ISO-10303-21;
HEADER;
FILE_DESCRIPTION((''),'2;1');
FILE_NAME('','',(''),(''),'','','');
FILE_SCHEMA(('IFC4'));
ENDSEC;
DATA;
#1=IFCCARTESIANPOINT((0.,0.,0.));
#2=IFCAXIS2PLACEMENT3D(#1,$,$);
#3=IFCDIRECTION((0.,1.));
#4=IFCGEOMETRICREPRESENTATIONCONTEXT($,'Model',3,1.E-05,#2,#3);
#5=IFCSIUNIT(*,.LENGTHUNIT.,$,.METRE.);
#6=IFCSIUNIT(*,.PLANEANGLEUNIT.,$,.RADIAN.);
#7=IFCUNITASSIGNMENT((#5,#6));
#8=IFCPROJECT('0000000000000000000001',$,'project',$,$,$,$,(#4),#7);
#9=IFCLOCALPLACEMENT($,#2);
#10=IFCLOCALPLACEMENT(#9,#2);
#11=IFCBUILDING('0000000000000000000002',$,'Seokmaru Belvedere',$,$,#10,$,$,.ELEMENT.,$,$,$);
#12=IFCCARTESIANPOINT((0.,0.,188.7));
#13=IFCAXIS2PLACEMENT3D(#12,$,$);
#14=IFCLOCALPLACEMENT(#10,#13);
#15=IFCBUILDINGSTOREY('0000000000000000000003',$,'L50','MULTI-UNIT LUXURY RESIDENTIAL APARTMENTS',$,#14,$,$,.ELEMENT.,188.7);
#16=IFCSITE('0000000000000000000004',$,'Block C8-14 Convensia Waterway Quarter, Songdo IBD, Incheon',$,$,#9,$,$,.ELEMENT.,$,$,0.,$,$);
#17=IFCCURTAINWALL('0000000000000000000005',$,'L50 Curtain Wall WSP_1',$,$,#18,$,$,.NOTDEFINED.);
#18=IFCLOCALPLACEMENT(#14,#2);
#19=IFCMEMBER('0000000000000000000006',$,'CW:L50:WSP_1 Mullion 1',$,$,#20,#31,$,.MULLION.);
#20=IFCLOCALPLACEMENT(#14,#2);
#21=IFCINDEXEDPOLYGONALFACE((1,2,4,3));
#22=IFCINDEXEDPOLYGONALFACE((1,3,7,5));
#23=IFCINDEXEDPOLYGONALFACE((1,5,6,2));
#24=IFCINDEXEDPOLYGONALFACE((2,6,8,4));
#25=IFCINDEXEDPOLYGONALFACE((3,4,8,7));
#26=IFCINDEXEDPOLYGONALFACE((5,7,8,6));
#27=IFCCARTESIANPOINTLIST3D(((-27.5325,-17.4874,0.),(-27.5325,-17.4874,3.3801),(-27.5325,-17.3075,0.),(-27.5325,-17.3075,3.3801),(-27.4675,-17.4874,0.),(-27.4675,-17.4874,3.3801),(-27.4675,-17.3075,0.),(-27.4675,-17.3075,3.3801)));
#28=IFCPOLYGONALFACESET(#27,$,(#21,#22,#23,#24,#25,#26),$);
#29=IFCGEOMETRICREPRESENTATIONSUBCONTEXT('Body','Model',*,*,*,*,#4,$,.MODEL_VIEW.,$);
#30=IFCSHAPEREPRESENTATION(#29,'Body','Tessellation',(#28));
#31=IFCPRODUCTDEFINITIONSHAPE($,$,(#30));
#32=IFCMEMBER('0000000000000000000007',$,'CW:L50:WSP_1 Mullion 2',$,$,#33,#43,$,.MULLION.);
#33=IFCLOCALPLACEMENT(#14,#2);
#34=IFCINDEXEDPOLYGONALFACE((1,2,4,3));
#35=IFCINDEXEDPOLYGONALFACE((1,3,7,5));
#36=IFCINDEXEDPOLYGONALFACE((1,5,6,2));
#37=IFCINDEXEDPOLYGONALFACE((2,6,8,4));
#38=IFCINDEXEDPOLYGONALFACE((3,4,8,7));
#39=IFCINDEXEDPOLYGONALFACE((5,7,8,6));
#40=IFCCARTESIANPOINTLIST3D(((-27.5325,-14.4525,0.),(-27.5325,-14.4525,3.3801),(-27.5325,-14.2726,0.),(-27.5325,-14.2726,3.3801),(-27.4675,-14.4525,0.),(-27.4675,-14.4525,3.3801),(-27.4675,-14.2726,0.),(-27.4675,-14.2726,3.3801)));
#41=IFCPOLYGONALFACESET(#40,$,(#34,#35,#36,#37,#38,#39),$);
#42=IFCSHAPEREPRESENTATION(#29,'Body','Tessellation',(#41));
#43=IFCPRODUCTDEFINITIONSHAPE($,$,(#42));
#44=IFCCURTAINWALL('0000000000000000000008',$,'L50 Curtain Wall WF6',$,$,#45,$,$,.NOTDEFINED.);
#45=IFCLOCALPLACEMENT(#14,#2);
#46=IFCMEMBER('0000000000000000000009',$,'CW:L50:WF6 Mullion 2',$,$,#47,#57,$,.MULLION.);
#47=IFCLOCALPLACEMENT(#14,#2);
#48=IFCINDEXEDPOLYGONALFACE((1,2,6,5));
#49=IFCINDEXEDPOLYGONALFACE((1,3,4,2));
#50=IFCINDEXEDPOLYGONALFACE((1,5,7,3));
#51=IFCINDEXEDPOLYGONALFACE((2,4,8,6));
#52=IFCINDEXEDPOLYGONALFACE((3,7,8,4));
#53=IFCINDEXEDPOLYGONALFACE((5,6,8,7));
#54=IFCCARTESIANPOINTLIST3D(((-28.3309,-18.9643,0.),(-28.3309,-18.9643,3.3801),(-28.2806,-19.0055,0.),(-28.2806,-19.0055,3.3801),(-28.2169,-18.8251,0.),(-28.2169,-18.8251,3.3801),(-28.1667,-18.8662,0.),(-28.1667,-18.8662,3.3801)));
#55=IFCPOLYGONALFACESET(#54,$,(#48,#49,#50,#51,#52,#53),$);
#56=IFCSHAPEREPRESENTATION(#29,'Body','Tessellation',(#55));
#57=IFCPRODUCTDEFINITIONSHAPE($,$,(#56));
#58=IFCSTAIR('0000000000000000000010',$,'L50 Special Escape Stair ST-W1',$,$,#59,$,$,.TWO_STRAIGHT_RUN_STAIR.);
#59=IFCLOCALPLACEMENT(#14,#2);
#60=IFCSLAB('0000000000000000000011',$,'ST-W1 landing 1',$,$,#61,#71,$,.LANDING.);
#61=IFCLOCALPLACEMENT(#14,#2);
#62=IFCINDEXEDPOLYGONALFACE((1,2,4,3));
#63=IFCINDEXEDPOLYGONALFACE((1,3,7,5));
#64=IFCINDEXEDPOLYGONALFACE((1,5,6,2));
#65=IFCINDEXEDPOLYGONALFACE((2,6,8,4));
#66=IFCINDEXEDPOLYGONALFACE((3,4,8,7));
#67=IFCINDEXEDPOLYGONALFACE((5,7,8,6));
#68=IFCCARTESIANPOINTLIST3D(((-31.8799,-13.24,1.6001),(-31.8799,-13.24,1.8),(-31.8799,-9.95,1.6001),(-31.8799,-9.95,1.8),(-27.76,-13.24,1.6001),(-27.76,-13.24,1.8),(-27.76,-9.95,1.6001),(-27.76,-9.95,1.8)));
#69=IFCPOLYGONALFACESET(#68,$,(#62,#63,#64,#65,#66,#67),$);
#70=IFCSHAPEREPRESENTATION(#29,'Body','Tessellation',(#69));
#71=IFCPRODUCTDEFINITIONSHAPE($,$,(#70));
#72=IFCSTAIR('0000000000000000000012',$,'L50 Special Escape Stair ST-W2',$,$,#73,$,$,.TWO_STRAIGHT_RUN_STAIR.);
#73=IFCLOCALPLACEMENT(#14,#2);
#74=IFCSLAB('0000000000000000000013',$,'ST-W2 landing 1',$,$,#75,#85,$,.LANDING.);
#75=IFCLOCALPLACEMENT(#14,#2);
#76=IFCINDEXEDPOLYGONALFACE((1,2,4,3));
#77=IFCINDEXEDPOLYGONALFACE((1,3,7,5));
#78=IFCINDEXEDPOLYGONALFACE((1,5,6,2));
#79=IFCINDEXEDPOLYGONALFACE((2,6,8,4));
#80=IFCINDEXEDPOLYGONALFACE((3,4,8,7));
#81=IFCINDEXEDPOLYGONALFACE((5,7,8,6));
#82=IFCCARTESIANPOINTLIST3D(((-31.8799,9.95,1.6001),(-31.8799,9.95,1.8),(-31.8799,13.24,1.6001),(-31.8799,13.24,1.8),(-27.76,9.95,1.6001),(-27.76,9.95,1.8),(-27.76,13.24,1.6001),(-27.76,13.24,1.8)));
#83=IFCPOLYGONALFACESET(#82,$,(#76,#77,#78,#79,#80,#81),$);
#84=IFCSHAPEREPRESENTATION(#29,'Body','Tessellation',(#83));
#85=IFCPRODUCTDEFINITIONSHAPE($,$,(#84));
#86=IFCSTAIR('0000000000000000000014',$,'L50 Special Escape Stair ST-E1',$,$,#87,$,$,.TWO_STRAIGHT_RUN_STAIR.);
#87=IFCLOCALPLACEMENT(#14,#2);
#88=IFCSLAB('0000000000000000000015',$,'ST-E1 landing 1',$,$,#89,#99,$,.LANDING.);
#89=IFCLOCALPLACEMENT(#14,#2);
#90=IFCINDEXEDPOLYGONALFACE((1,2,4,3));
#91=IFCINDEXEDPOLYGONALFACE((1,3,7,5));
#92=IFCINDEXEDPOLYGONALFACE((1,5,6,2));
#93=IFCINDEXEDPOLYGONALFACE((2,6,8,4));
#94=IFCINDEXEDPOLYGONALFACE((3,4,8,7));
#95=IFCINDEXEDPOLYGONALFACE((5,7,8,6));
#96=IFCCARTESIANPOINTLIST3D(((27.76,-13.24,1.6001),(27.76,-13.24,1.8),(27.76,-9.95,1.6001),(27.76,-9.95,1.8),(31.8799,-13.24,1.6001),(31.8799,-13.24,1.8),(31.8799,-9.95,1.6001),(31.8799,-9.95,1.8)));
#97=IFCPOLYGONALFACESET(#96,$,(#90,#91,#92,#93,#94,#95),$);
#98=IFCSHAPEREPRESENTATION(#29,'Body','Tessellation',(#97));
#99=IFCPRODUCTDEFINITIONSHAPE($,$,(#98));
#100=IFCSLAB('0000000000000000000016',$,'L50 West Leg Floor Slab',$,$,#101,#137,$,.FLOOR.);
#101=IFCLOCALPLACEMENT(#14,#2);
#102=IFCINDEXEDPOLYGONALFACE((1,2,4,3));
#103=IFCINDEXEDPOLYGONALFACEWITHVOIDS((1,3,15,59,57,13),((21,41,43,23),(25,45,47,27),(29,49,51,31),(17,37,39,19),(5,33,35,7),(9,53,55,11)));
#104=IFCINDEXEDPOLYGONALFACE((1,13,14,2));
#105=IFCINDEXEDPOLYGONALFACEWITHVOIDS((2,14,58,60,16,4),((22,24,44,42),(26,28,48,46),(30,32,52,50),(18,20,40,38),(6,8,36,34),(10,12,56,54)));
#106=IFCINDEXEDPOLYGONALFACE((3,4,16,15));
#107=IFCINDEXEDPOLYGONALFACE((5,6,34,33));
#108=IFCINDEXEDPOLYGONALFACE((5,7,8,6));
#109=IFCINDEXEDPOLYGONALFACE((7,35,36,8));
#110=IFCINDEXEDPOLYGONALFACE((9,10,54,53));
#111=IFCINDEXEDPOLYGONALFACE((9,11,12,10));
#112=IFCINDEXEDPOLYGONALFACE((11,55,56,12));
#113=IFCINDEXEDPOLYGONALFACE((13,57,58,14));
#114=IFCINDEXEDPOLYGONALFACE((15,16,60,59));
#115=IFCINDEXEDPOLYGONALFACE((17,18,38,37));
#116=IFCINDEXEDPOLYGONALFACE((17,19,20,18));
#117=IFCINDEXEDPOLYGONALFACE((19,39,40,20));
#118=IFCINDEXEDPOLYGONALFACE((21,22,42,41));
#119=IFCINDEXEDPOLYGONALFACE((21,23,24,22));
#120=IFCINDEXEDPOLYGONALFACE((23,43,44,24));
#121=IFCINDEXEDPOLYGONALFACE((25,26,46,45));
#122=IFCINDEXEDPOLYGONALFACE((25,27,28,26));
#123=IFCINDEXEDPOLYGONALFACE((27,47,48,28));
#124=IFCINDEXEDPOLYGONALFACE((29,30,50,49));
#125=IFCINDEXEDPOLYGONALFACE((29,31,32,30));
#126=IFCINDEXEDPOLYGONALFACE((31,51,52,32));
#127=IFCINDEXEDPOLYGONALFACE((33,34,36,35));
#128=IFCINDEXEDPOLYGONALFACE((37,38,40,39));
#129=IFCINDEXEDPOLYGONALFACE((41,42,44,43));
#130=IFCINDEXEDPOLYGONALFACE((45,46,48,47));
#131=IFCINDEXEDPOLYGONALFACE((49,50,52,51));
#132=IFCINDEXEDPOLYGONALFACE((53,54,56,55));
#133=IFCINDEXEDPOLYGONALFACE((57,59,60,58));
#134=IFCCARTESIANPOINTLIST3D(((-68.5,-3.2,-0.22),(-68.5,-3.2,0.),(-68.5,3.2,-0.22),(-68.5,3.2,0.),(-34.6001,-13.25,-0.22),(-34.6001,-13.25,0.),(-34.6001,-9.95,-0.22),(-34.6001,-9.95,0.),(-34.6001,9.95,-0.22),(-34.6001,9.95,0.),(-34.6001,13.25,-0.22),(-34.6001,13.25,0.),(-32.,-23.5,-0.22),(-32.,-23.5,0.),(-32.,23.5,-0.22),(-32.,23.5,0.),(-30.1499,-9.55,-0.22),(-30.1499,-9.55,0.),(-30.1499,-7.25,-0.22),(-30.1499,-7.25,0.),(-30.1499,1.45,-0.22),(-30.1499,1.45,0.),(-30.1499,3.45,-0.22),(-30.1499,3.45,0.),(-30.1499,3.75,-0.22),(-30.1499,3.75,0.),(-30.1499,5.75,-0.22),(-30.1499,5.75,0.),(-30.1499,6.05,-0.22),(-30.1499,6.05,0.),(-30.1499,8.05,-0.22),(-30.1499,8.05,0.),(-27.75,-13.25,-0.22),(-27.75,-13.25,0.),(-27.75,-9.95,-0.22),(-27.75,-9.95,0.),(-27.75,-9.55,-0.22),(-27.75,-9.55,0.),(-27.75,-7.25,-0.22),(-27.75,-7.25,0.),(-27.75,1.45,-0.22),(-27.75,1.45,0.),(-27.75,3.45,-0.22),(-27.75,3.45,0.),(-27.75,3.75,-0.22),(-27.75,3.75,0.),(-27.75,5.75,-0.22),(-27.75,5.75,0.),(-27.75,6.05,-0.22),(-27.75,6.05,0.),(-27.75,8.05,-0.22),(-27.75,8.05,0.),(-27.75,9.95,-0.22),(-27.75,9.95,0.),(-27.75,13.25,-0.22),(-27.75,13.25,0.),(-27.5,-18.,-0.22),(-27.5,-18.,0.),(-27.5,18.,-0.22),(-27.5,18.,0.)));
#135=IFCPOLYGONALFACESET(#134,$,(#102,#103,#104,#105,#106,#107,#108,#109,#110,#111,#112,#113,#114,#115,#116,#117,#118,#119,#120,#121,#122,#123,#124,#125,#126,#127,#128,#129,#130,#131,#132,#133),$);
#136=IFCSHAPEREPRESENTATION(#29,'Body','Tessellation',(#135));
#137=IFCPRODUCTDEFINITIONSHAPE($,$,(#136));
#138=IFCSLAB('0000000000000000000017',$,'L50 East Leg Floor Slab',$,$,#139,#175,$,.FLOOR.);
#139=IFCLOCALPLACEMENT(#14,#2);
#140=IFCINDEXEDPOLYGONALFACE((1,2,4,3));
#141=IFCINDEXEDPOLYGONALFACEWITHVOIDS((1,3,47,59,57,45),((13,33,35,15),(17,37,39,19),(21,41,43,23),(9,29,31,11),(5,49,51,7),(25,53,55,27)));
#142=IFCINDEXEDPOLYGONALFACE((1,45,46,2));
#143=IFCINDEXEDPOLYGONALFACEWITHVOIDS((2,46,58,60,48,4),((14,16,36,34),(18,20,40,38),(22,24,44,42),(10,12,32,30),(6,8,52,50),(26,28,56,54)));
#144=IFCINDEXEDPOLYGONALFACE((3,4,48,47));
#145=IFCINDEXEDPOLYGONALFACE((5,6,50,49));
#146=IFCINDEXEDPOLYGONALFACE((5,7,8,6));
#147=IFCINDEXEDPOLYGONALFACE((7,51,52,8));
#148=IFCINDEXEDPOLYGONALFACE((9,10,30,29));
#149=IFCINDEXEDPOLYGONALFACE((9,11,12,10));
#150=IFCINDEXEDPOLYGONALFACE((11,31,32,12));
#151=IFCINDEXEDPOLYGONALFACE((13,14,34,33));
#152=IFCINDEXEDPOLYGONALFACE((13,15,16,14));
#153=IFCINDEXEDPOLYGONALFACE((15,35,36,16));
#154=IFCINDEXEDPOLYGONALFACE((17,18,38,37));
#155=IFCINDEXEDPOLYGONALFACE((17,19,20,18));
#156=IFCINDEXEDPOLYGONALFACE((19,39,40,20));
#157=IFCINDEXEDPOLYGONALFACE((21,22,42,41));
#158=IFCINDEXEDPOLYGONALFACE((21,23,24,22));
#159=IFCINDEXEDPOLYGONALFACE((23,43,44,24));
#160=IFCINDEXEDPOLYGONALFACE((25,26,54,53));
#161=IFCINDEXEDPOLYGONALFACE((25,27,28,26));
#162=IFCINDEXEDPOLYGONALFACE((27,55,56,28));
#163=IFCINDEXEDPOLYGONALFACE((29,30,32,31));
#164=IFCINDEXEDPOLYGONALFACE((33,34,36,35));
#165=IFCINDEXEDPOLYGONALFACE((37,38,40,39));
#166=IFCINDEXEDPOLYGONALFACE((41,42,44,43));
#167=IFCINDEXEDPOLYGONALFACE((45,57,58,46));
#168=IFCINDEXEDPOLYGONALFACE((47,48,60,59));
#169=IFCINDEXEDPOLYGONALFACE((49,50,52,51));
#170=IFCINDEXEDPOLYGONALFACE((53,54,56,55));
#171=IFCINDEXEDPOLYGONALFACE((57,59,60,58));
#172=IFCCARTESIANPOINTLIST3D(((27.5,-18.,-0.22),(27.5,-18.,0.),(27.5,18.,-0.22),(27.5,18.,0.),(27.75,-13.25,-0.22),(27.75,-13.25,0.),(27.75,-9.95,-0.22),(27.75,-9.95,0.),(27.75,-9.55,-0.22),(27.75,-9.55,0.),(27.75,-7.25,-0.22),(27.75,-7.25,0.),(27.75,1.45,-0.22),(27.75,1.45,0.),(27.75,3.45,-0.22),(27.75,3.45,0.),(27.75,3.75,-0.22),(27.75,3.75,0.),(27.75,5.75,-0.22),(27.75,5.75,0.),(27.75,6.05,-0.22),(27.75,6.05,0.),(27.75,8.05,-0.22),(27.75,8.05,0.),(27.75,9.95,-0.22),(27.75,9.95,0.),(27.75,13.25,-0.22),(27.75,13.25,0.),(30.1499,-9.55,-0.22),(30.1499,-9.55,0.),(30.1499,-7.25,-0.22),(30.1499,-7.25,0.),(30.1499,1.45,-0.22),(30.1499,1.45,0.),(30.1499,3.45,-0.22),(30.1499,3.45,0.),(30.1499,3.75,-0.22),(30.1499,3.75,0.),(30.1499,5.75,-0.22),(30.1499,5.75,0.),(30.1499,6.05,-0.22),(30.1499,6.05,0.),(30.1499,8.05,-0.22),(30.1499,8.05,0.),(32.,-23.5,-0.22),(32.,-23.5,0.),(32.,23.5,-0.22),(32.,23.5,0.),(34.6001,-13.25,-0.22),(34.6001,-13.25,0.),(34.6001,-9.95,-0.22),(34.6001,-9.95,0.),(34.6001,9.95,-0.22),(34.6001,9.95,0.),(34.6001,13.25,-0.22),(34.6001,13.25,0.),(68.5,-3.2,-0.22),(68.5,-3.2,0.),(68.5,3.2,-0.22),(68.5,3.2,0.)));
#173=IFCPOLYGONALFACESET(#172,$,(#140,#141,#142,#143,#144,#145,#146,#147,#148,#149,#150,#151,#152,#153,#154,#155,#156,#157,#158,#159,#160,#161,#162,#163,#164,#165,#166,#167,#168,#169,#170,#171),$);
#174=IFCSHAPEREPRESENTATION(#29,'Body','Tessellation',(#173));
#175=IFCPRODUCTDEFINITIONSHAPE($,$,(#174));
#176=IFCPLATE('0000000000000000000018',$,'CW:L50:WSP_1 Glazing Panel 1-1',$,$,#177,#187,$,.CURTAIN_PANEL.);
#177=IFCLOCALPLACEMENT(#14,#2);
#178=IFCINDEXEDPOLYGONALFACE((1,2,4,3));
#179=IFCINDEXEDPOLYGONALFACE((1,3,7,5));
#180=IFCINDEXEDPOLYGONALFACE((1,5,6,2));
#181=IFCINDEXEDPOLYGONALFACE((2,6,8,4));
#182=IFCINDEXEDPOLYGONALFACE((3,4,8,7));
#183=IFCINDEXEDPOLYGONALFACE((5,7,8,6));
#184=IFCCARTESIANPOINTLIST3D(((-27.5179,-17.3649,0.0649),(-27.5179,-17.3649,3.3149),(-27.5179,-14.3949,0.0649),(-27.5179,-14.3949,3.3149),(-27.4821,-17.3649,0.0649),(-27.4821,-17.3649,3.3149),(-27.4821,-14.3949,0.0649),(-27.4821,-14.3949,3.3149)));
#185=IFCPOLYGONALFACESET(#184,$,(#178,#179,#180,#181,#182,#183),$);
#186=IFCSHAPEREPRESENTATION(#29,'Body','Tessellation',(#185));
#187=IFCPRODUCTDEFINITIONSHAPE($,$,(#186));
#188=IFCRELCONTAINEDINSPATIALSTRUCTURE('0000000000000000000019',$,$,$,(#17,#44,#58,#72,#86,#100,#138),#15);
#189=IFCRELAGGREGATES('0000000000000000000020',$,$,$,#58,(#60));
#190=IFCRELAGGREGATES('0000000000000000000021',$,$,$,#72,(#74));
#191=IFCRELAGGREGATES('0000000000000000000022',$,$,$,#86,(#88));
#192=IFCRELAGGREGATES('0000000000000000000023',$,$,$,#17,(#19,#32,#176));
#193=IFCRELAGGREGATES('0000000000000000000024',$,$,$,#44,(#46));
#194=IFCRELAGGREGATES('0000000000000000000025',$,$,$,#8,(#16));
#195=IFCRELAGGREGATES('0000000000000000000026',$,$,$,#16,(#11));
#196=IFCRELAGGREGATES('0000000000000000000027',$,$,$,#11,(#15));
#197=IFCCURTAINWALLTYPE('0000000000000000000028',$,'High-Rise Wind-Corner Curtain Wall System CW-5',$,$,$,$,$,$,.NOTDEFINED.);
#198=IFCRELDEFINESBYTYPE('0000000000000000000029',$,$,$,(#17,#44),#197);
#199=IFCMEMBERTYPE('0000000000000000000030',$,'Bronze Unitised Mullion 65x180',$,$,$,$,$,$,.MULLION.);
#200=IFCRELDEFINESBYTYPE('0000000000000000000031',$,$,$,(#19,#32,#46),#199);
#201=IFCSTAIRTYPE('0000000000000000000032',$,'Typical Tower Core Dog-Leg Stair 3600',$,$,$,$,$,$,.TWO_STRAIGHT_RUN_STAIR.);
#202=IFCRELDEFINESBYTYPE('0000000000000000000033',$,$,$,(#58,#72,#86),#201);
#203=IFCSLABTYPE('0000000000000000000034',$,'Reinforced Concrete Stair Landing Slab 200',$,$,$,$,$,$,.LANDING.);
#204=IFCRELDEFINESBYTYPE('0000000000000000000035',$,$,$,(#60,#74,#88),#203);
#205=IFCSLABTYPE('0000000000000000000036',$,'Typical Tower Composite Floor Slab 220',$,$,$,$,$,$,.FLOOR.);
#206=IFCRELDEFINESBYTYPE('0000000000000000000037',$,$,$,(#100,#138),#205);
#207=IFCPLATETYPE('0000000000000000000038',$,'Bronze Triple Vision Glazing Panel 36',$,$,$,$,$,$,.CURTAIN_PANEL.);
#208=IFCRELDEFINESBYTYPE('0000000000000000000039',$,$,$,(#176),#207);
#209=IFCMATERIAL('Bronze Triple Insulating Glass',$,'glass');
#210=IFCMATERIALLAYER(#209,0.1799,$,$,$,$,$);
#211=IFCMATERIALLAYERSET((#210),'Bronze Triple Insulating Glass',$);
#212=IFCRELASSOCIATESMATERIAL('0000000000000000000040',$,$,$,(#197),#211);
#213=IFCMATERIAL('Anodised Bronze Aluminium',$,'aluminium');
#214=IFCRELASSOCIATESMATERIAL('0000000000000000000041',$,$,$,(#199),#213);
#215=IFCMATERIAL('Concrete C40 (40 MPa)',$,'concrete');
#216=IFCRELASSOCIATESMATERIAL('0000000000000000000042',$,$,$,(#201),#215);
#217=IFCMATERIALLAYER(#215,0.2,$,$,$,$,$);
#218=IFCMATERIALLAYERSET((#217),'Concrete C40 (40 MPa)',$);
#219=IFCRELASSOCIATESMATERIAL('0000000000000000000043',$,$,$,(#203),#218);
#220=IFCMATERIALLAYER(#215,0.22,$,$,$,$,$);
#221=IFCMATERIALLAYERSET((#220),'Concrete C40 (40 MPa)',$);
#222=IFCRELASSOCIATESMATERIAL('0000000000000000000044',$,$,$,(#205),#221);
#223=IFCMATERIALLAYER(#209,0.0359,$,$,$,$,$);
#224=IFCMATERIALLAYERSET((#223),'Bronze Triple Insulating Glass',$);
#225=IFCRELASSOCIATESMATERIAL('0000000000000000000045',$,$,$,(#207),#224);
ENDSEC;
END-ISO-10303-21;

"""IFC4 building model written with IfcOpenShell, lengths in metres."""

from ifc_helpers import new_model, si_unit, direction, frame, origin, origin_2d, place, context, subcontext, project, spatial, polyline, rectangle, outline, extrude, source, transform, mapped, material, layer, layer_set, material_profile, profile_set, type_object, type_shapes, element, aggregate, save


model = new_model("IFC4")

# Units and contexts
model_context = context("Model", 3, precision=1e-05, world=origin(), true_north=direction((0.0, 1.0)))
body_context = subcontext(model_context, "Body", "Model", "MODEL_VIEW")
ifc_project = project(units=[si_unit("LENGTHUNIT", "METRE"), si_unit("PLANEANGLEUNIT", "RADIAN")], contexts=[model_context])

# Site, building, storey
site_placement = place(None, origin())
site = spatial("IfcSite", under=ifc_project, at=site_placement, Name="Block C8-14 Convensia Waterway Quarter, Songdo IBD, Incheon", CompositionType="ELEMENT", RefElevation=0.0)
building_placement = place(site_placement, origin())
building = spatial("IfcBuilding", under=site, at=building_placement, Name="Seokmaru Belvedere", CompositionType="ELEMENT")
storey_placement = place(building_placement, frame((0.0, 0.0, 188.7)))
storey = spatial("IfcBuildingStorey", under=building, at=storey_placement, Name="L50", Description="MULTI-UNIT LUXURY RESIDENTIAL APARTMENTS", CompositionType="ELEMENT", Elevation=188.7)

# Curtain wall, members
ifc_material_1 = material(Name="Bronze Triple Insulating Glass", Category="glass")
ifc_layer_1 = layer(ifc_material_1, 0.1799)
ifc_layer_set_1 = layer_set([ifc_layer_1], Name="Bronze Triple Insulating Glass")
curtain_wall_type = type_object("IfcCurtainWallType", Name="High-Rise Wind-Corner Curtain Wall System CW-5", PredefinedType="NOTDEFINED", material=ifc_layer_set_1)
curtain_wall_1_placement = place(storey_placement, origin())
curtain_wall_1 = element("IfcCurtainWall", 1, at=curtain_wall_1_placement, inside=storey, type_object=curtain_wall_type, Name="L50 Curtain Wall WSP_1", PredefinedType="NOTDEFINED")
ifc_material_2 = material(Name="Anodised Bronze Aluminium", Category="aluminium")
ifc_material_profile_1 = material_profile(ifc_material_2, rectangle(XDim=0.0649, YDim=0.1799, at=origin_2d()), Name="CW-M-65x180")
ifc_profile_set_1 = profile_set([ifc_material_profile_1], Name="Anodised Bronze Aluminium")
member_type_1 = type_object("IfcMemberType", Name="Bronze Unitised Mullion 65x180", PredefinedType="MULLION", material=ifc_profile_set_1)
shared_shape_1 = source(origin(), body_context, "Body", "SweptSolid", [
    extrude(rectangle(XDim=0.0649, YDim=0.1799, at=origin_2d()), origin(), (0.0, 0.0, 1.0), 3.3801),
])
type_shapes(member_type_1, [shared_shape_1])
member_1_placement = place(storey_placement, frame((-27.5, -17.3975, 0.0), z_axis=(0.0, 0.0, 1.0), x_axis=(-1.0, 0.0, 0.0)))
member_1 = element("IfcMember", 2, at=member_1_placement, type_object=member_type_1, Name="CW:L50:WSP_1 Mullion 1", PredefinedType="MULLION", context=body_context, shape_type="MappedRepresentation", body=[
    mapped(shared_shape_1, transform((0.0, 0.0, 0.0), scale=1.0)),
])
member_2_placement = place(storey_placement, frame((-27.5, -14.3625, 0.0), z_axis=(0.0, 0.0, 1.0), x_axis=(-1.0, 0.0, 0.0)))
member_2 = element("IfcMember", 3, at=member_2_placement, type_object=member_type_1, Name="CW:L50:WSP_1 Mullion 2", PredefinedType="MULLION", context=body_context, shape_type="MappedRepresentation", body=[
    mapped(shared_shape_1, transform((0.0, 0.0, 0.0), scale=1.0)),
])

# Curtain wall, member
curtain_wall_2_placement = place(storey_placement, origin())
curtain_wall_2 = element("IfcCurtainWall", 4, at=curtain_wall_2_placement, inside=storey, type_object=curtain_wall_type, Name="L50 Curtain Wall WF6", PredefinedType="NOTDEFINED")
member_3_placement = place(storey_placement, frame((-28.2488, -18.9153, 0.0), z_axis=(0.0, 0.0, 1.0), x_axis=(-0.773944, 0.633254, 0.0)))
member_3 = element("IfcMember", 5, at=member_3_placement, type_object=member_type_1, Name="CW:L50:WF6 Mullion 2", PredefinedType="MULLION", context=body_context, shape_type="MappedRepresentation", body=[
    mapped(shared_shape_1, transform((0.0, 0.0, 0.0), scale=1.0)),
])

# Stairs, slabs
ifc_material_3 = material(Name="Concrete C40 (40 MPa)", Category="concrete")
stair_type = type_object("IfcStairType", Name="Typical Tower Core Dog-Leg Stair 3600", PredefinedType="TWO_STRAIGHT_RUN_STAIR", material=ifc_material_3)
stair_1_placement = place(storey_placement, origin())
stair_1 = element("IfcStair", 6, at=stair_1_placement, inside=storey, type_object=stair_type, Name="L50 Special Escape Stair ST-W1", PredefinedType="TWO_STRAIGHT_RUN_STAIR")
ifc_layer_2 = layer(ifc_material_3, 0.2)
ifc_layer_set_2 = layer_set([ifc_layer_2], Name="Concrete C40 (40 MPa)")
slab_type_1 = type_object("IfcSlabType", Name="Reinforced Concrete Stair Landing Slab 200", PredefinedType="LANDING", material=ifc_layer_set_2)
slab_1_placement = place(storey_placement, frame((0.0, 0.0, 1.6001)))
slab_1 = element("IfcSlab", 7, at=slab_1_placement, type_object=slab_type_1, Name="ST-W1 landing 1", PredefinedType="LANDING", context=body_context, shape_type="SweptSolid", body=[
    extrude(outline(polyline([(-31.8799, -13.24), (-27.76, -13.24), (-27.76, -9.95), (-31.8799, -9.95), (-31.8799, -13.24)])), origin(), (0.0, 0.0, 1.0), 0.2),
])
aggregate(stair_1, [slab_1])
stair_2_placement = place(storey_placement, origin())
stair_2 = element("IfcStair", 8, at=stair_2_placement, inside=storey, type_object=stair_type, Name="L50 Special Escape Stair ST-W2", PredefinedType="TWO_STRAIGHT_RUN_STAIR")
slab_2_placement = place(storey_placement, frame((0.0, 0.0, 1.6001)))
slab_2 = element("IfcSlab", 9, at=slab_2_placement, type_object=slab_type_1, Name="ST-W2 landing 1", PredefinedType="LANDING", context=body_context, shape_type="SweptSolid", body=[
    extrude(outline(polyline([(-31.8799, 9.95), (-27.76, 9.95), (-27.76, 13.24), (-31.8799, 13.24), (-31.8799, 9.95)])), origin(), (0.0, 0.0, 1.0), 0.2),
])
aggregate(stair_2, [slab_2])
stair_3_placement = place(storey_placement, origin())
stair_3 = element("IfcStair", 10, at=stair_3_placement, inside=storey, type_object=stair_type, Name="L50 Special Escape Stair ST-E1", PredefinedType="TWO_STRAIGHT_RUN_STAIR")
slab_3_placement = place(storey_placement, frame((0.0, 0.0, 1.6001)))
slab_3 = element("IfcSlab", 11, at=slab_3_placement, type_object=slab_type_1, Name="ST-E1 landing 1", PredefinedType="LANDING", context=body_context, shape_type="SweptSolid", body=[
    extrude(outline(polyline([(27.76, -13.24), (31.8799, -13.24), (31.8799, -9.95), (27.76, -9.95), (27.76, -13.24)])), origin(), (0.0, 0.0, 1.0), 0.2),
])
aggregate(stair_3, [slab_3])

# Slabs
ifc_layer_3 = layer(ifc_material_3, 0.22)
ifc_layer_set_3 = layer_set([ifc_layer_3], Name="Concrete C40 (40 MPa)")
slab_type_2 = type_object("IfcSlabType", Name="Typical Tower Composite Floor Slab 220", PredefinedType="FLOOR", material=ifc_layer_set_3)
slab_4_placement = place(storey_placement, frame((0.0, 0.0, -0.22)))
element("IfcSlab", 12, at=slab_4_placement, inside=storey, type_object=slab_type_2, Name="L50 West Leg Floor Slab", PredefinedType="FLOOR", context=body_context, shape_type="SweptSolid", body=[
    extrude(outline(polyline([(-27.5, -18.0), (-27.5, 18.0), (-32.0, 23.5), (-68.5, 3.2), (-68.5, -3.2), (-32.0, -23.5), (-27.5, -18.0)]), holes=[polyline([(-34.6001, -13.25), (-27.75, -13.25), (-27.75, -9.95), (-34.6001, -9.95), (-34.6001, -13.25)]), polyline([(-34.6001, 9.95), (-27.75, 9.95), (-27.75, 13.25), (-34.6001, 13.25), (-34.6001, 9.95)]), polyline([(-30.1499, -9.55), (-27.75, -9.55), (-27.75, -7.25), (-30.1499, -7.25), (-30.1499, -9.55)]), polyline([(-30.1499, 1.45), (-27.75, 1.45), (-27.75, 3.45), (-30.1499, 3.45), (-30.1499, 1.45)]), polyline([(-30.1499, 3.75), (-27.75, 3.75), (-27.75, 5.75), (-30.1499, 5.75), (-30.1499, 3.75)]), polyline([(-30.1499, 6.05), (-27.75, 6.05), (-27.75, 8.05), (-30.1499, 8.05), (-30.1499, 6.05)])]), origin(), (0.0, 0.0, 1.0), 0.22),
])
slab_5_placement = place(storey_placement, frame((0.0, 0.0, -0.22)))
element("IfcSlab", 13, at=slab_5_placement, inside=storey, type_object=slab_type_2, Name="L50 East Leg Floor Slab", PredefinedType="FLOOR", context=body_context, shape_type="SweptSolid", body=[
    extrude(outline(polyline([(32.0, -23.5), (68.5, -3.2), (68.5, 3.2), (32.0, 23.5), (27.5, 18.0), (27.5, -18.0), (32.0, -23.5)]), holes=[polyline([(27.75, -13.25), (34.6001, -13.25), (34.6001, -9.95), (27.75, -9.95), (27.75, -13.25)]), polyline([(27.75, 9.95), (34.6001, 9.95), (34.6001, 13.25), (27.75, 13.25), (27.75, 9.95)]), polyline([(27.75, -9.55), (30.1499, -9.55), (30.1499, -7.25), (27.75, -7.25), (27.75, -9.55)]), polyline([(27.75, 1.45), (30.1499, 1.45), (30.1499, 3.45), (27.75, 3.45), (27.75, 1.45)]), polyline([(27.75, 3.75), (30.1499, 3.75), (30.1499, 5.75), (27.75, 5.75), (27.75, 3.75)]), polyline([(27.75, 6.05), (30.1499, 6.05), (30.1499, 8.05), (27.75, 8.05), (27.75, 6.05)])]), origin(), (0.0, 0.0, 1.0), 0.22),
])

# Plate
ifc_layer_4 = layer(ifc_material_1, 0.0359)
ifc_layer_set_4 = layer_set([ifc_layer_4], Name="Bronze Triple Insulating Glass")
plate_type = type_object("IfcPlateType", Name="Bronze Triple Vision Glazing Panel 36", PredefinedType="CURTAIN_PANEL", material=ifc_layer_set_4)
shared_shape_2 = source(origin(), body_context, "Body", "SweptSolid", [
    extrude(rectangle(XDim=2.97, YDim=0.0359, at=origin_2d()), origin(), (0.0, 0.0, 1.0), 3.25),
])
plate_1_placement = place(storey_placement, frame((-27.5, -15.8799, 0.0649), z_axis=(0.0, 0.0, 1.0), x_axis=(0.0, 1.0, 0.0)))
plate_1 = element("IfcPlate", 14, at=plate_1_placement, type_object=plate_type, Name="CW:L50:WSP_1 Glazing Panel 1-1", PredefinedType="CURTAIN_PANEL", context=body_context, shape_type="MappedRepresentation", body=[
    mapped(shared_shape_2, transform((0.0, 0.0, 0.0), scale=1.0)),
])
aggregate(curtain_wall_1, [member_1, member_2, plate_1])
aggregate(curtain_wall_2, [member_3])

save(model, "model.ifc")
